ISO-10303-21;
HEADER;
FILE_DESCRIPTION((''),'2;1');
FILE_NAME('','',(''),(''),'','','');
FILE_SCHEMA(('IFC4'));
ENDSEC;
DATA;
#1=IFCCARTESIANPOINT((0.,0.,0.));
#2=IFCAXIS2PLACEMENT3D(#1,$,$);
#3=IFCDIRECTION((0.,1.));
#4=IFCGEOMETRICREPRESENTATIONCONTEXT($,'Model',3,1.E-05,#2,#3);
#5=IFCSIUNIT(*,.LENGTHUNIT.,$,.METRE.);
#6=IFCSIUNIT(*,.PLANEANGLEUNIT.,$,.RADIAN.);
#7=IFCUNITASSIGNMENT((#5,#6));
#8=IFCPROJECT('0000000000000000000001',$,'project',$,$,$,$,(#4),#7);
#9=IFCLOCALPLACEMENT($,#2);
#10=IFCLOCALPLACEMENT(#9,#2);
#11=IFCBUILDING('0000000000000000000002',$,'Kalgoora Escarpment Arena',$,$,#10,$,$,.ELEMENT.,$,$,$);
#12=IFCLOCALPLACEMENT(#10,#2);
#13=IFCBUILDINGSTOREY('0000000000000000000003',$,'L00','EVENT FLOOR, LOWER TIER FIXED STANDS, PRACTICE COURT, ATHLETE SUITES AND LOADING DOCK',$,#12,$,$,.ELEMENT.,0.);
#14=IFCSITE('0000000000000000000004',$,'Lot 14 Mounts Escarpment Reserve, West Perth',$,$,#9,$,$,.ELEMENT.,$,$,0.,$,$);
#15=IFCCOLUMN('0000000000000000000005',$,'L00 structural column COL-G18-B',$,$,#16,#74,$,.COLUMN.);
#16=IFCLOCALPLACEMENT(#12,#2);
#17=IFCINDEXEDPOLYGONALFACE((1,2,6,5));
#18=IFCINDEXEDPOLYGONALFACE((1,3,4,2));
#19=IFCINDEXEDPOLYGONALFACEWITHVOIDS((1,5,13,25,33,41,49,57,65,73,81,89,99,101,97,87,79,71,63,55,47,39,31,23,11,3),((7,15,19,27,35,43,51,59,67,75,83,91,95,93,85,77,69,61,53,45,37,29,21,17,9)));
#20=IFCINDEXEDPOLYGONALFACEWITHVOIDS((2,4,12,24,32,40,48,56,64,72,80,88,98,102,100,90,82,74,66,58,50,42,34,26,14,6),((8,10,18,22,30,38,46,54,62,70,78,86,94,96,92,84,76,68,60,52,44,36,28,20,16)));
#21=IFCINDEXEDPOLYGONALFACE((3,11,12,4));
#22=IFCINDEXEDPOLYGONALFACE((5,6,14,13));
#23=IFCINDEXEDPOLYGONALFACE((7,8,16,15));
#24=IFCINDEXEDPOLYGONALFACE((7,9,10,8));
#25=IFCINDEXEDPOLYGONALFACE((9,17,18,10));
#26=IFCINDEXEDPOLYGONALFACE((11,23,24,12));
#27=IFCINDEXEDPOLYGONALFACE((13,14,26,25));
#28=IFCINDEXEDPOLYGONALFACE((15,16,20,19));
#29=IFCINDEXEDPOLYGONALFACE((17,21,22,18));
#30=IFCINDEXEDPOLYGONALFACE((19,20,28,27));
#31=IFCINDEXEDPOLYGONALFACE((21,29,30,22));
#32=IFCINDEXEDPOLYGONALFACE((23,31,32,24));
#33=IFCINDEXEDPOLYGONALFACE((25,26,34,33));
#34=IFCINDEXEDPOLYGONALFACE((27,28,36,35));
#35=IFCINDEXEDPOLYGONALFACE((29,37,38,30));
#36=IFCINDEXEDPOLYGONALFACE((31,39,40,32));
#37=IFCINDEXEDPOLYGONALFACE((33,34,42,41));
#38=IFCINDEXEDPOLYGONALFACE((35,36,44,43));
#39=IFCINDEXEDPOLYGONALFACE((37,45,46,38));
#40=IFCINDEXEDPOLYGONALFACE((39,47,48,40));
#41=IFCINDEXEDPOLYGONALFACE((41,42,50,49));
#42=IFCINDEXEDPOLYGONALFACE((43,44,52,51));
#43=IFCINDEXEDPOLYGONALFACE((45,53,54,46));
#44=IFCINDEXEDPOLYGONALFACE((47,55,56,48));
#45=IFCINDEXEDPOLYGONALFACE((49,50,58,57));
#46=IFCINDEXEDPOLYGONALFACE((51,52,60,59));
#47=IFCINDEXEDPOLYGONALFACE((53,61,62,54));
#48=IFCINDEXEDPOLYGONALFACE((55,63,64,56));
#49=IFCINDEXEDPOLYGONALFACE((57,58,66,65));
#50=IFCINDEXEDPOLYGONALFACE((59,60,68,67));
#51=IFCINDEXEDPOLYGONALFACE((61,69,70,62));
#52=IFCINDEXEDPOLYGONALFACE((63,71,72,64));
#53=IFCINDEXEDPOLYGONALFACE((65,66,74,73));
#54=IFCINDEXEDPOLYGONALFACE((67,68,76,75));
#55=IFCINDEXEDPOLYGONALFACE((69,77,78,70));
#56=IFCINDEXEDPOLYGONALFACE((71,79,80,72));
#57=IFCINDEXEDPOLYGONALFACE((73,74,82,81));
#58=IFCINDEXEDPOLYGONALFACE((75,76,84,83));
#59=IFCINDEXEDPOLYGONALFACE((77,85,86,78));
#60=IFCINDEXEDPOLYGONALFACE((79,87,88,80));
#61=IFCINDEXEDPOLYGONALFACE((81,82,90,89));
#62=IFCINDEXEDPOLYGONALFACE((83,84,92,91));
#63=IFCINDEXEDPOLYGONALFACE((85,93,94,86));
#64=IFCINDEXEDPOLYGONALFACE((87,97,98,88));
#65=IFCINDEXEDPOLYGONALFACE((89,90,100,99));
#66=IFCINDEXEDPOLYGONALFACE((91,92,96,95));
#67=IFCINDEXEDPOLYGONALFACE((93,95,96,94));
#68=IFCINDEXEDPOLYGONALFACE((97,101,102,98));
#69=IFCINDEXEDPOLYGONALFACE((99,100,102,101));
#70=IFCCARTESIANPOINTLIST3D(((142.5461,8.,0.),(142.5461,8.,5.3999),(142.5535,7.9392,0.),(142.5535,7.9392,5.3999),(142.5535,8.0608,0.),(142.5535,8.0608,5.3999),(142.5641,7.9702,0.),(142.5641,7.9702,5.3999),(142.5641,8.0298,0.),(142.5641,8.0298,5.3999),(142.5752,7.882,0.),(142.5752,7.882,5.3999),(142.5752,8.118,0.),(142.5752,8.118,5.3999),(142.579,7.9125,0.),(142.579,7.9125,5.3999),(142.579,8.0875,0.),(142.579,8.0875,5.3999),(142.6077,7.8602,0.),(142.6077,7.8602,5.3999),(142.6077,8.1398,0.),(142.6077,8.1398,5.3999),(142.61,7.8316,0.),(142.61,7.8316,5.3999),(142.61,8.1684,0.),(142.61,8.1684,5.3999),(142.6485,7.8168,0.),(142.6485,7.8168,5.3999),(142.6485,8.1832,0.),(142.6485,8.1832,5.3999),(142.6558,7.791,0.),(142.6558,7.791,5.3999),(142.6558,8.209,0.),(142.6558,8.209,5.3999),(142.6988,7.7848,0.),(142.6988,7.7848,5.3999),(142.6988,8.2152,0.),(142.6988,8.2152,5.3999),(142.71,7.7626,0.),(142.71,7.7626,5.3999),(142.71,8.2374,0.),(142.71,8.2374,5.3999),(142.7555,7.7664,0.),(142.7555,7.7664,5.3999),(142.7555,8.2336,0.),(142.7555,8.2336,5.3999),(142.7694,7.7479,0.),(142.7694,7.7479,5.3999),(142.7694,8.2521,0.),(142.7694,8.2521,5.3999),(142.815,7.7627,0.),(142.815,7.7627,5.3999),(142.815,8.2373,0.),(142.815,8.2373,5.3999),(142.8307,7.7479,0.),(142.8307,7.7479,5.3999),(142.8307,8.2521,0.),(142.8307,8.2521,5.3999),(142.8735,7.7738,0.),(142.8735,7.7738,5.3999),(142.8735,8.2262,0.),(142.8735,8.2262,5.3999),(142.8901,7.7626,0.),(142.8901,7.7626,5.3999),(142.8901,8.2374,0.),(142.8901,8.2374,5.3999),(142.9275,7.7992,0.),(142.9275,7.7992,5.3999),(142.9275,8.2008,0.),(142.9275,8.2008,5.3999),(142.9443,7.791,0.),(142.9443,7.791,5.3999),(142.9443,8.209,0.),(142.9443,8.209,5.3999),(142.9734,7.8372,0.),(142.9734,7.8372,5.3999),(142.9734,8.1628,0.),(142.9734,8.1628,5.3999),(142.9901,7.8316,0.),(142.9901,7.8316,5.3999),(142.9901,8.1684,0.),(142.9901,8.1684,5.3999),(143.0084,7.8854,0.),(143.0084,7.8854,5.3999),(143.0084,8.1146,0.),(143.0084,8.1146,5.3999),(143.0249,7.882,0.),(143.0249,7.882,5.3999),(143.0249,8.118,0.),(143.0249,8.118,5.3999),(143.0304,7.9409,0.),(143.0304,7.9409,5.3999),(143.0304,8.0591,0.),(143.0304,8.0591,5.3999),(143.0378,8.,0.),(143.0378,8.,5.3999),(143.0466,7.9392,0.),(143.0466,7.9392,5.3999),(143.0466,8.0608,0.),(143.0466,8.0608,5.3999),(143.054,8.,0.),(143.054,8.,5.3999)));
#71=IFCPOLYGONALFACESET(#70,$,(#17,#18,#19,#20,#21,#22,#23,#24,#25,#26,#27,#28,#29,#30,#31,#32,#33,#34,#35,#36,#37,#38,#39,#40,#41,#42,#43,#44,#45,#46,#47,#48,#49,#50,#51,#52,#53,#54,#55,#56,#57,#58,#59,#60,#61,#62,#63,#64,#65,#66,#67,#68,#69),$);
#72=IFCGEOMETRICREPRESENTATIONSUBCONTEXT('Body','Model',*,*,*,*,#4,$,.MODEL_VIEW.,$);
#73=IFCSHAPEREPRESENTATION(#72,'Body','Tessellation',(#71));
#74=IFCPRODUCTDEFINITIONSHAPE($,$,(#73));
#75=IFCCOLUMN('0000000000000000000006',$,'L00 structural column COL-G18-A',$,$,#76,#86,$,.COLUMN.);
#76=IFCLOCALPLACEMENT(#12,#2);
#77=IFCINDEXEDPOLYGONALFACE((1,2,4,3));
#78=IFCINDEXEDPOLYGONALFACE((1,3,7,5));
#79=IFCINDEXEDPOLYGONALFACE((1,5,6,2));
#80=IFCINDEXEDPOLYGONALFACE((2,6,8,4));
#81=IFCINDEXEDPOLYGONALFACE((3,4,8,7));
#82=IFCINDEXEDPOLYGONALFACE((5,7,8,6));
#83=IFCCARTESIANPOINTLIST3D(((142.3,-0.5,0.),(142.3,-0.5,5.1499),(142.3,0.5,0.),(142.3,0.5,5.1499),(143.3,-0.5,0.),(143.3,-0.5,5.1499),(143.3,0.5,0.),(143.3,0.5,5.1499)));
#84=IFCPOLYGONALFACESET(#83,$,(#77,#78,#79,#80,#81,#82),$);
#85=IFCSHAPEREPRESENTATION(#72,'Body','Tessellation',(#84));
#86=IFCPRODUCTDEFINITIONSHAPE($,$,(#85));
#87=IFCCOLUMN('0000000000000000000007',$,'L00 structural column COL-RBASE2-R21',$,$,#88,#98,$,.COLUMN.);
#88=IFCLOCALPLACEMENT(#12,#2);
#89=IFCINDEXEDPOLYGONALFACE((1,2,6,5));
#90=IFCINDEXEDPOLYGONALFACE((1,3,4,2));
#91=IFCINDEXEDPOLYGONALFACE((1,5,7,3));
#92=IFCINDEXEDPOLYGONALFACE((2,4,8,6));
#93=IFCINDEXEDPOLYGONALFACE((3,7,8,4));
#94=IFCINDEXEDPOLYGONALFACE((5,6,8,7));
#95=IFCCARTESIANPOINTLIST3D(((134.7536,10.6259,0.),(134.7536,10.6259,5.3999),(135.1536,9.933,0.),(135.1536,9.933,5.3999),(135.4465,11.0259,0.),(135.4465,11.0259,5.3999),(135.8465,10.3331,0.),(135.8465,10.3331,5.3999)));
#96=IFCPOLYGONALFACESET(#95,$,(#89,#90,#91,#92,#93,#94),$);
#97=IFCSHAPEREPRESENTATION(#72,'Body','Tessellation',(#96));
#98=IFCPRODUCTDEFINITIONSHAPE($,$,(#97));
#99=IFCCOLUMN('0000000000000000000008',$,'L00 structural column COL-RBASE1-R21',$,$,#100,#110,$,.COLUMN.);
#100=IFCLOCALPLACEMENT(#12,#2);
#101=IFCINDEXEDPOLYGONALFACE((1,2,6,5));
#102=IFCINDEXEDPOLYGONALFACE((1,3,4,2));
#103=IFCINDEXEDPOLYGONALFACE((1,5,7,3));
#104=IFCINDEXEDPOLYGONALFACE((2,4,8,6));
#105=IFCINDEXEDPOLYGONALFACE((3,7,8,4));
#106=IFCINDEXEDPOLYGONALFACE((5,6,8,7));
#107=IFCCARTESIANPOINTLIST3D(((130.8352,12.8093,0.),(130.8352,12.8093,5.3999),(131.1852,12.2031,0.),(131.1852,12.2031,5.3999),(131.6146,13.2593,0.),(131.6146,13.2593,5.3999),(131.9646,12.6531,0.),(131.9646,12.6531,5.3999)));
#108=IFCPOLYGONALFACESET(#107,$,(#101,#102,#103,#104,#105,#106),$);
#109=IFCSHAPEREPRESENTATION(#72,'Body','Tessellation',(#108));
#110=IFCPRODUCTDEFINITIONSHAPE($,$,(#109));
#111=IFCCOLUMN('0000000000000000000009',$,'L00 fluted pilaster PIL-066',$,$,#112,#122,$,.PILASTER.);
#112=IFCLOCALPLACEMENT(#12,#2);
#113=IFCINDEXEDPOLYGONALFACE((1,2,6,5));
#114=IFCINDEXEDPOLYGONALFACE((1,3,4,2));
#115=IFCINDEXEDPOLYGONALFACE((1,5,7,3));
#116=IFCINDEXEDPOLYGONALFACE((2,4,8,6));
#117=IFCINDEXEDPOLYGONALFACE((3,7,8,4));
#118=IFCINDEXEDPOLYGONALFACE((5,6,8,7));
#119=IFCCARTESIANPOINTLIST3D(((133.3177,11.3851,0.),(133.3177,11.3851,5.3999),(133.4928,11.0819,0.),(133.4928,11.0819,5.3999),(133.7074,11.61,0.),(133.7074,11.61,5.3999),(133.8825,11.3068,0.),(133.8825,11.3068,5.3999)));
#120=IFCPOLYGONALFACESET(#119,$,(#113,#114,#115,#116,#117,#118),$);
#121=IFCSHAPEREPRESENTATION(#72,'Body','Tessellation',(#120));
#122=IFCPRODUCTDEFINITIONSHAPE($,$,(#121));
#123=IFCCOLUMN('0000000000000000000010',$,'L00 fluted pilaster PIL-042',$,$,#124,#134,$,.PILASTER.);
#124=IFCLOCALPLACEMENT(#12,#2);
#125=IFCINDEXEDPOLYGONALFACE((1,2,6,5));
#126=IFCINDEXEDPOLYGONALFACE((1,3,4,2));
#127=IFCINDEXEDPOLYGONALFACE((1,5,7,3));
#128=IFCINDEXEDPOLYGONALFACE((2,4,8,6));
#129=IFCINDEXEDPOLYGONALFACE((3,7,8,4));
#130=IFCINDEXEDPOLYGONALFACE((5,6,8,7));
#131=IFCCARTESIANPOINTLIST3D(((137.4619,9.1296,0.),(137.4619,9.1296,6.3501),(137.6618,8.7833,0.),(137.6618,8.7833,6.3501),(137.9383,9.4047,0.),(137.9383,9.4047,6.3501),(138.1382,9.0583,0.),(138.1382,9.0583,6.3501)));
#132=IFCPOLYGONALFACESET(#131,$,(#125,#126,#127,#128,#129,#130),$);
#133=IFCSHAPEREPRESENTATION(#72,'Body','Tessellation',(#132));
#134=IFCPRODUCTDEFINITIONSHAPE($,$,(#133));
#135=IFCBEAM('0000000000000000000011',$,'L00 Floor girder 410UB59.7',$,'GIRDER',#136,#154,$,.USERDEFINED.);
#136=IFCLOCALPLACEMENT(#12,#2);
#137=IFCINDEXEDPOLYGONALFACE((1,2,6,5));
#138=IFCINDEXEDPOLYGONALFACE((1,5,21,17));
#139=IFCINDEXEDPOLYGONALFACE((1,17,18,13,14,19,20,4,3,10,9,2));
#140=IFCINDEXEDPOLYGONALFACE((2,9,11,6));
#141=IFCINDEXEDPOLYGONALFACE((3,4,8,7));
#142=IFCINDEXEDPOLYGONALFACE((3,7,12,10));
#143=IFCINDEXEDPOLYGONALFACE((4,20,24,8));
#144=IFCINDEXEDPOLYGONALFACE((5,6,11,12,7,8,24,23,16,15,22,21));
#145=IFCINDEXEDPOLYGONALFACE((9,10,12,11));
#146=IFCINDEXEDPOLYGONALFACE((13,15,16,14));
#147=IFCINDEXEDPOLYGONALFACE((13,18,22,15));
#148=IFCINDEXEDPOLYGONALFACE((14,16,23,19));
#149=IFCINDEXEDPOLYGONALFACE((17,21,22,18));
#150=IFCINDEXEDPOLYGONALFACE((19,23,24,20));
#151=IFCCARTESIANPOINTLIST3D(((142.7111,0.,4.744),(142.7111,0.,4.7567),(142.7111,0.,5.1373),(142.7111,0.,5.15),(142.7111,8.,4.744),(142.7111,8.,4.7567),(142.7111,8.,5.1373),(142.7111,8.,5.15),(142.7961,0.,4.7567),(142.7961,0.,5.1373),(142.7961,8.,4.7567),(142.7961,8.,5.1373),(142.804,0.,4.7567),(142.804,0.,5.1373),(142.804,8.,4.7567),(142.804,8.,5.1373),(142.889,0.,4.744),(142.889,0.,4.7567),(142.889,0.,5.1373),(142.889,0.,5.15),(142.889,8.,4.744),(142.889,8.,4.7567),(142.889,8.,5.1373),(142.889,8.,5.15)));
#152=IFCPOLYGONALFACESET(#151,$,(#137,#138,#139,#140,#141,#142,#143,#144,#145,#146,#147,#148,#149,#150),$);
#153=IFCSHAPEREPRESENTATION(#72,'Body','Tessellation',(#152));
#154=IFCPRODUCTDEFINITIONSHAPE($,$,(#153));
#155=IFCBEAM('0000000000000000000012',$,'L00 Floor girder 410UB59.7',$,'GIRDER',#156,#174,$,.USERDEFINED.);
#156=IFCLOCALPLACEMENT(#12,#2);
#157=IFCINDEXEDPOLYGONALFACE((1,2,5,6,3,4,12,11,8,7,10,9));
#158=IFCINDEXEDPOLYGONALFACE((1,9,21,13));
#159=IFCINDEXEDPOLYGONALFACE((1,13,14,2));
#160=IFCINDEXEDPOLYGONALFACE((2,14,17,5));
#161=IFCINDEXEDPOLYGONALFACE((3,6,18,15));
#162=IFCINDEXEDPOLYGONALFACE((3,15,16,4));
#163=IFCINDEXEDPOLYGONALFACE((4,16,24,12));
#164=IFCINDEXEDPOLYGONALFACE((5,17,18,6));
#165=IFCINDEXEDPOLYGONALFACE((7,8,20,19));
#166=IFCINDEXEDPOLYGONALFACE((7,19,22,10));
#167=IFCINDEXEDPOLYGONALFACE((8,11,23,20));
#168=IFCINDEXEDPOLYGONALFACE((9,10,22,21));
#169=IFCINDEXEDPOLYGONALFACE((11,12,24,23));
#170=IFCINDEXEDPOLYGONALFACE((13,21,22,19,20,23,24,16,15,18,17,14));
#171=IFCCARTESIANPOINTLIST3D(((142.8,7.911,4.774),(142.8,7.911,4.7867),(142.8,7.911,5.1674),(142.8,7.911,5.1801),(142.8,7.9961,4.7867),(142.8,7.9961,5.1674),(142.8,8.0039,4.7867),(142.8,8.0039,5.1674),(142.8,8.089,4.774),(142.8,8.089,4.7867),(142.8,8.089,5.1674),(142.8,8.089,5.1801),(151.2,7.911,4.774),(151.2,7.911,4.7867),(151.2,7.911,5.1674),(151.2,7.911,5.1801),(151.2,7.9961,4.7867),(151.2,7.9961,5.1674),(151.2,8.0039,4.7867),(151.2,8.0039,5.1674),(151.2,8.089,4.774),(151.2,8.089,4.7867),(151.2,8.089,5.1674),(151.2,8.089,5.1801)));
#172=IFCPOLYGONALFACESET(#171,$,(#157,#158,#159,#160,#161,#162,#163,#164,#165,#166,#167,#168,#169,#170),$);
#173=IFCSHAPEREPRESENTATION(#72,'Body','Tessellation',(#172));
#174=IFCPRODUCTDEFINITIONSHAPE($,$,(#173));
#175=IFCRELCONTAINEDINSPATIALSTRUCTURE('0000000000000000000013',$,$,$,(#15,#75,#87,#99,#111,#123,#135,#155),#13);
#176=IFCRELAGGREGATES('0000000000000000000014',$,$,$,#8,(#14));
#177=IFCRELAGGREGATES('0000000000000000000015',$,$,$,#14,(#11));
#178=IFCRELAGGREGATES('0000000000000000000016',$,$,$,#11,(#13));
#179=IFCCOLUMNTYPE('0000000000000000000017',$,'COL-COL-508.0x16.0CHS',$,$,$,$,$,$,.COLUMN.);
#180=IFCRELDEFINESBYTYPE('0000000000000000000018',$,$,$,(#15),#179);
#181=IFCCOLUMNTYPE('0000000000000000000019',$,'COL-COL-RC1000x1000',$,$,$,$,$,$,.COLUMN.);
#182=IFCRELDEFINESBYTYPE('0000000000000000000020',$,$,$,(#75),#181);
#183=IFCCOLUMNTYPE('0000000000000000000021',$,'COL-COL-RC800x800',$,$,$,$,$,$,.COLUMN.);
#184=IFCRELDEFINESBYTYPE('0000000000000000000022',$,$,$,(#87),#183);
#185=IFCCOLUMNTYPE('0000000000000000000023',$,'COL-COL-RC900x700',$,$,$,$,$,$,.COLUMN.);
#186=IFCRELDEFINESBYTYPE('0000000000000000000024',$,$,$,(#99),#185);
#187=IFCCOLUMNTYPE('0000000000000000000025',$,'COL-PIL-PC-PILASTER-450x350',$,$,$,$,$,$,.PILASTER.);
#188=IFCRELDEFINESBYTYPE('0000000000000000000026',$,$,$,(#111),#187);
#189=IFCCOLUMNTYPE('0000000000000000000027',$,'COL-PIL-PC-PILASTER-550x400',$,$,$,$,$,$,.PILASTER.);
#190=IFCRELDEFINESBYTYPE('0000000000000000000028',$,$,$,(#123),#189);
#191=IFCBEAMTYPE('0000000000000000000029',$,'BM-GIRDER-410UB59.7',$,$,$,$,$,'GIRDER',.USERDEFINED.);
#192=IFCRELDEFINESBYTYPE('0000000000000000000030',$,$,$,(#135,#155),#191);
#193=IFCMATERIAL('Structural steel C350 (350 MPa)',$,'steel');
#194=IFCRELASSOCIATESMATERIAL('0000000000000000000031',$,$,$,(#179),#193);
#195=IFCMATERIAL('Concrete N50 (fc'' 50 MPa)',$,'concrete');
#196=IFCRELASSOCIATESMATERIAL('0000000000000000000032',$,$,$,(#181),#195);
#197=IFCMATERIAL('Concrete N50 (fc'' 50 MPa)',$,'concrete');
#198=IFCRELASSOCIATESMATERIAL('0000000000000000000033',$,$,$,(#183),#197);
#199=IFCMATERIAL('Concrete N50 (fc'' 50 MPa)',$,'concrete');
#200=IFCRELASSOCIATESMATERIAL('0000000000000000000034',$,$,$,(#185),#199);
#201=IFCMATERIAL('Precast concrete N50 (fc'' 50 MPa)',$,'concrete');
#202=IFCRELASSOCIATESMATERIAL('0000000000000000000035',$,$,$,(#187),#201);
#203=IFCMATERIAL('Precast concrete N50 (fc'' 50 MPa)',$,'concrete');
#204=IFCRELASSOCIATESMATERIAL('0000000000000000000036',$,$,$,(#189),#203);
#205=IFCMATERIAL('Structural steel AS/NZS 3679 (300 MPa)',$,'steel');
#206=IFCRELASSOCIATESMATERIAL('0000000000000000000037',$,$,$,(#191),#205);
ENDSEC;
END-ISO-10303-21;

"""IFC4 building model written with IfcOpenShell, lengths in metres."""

from ifc_helpers import new_model, si_unit, direction, frame, origin, origin_2d, place, context, subcontext, project, spatial, rectangle, hollow_circle, i_section, extrude, material, material_profile, profile_set, type_object, element, save


model = new_model("IFC4")

# Units and contexts
model_context = context("Model", 3, precision=1e-05, world=origin(), true_north=direction((0.0, 1.0)))
body_context = subcontext(model_context, "Body", "Model", "MODEL_VIEW")
ifc_project = project(units=[si_unit("LENGTHUNIT", "METRE"), si_unit("PLANEANGLEUNIT", "RADIAN")], contexts=[model_context])

# Site, building, storey
site_placement = place(None, origin())
site = spatial("IfcSite", under=ifc_project, at=site_placement, Name="Lot 14 Mounts Escarpment Reserve, West Perth", CompositionType="ELEMENT", RefElevation=0.0)
building_placement = place(site_placement, origin())
building = spatial("IfcBuilding", under=site, at=building_placement, Name="Kalgoora Escarpment Arena", CompositionType="ELEMENT")
storey_placement = place(building_placement, origin())
storey = spatial("IfcBuildingStorey", under=building, at=storey_placement, Name="L00", Description="EVENT FLOOR, LOWER TIER FIXED STANDS, PRACTICE COURT, ATHLETE SUITES AND LOADING DOCK", CompositionType="ELEMENT", Elevation=0.0)

# Columns
ifc_material_1 = material(Name="Structural steel C350 (350 MPa)", Category="steel")
ifc_material_profile_1 = material_profile(ifc_material_1, hollow_circle(Radius=0.2539, WallThickness=0.0161, at=origin_2d()))
ifc_profile_set_1 = profile_set([ifc_material_profile_1], Name="Structural steel C350 (350 MPa)")
column_type_1 = type_object("IfcColumnType", Name="COL-COL-508.0x16.0CHS", PredefinedType="COLUMN", material=ifc_profile_set_1)
column_1_placement = place(storey_placement, frame((142.8, 8.0, 0.0), z_axis=(0.0, 0.0, 1.0), x_axis=(1.0, 0.0, 0.0)))
element("IfcColumn", 1, at=column_1_placement, inside=storey, type_object=column_type_1, Name="L00 structural column COL-G18-B", PredefinedType="COLUMN", context=body_context, shape_type="SweptSolid", body=[
    extrude(hollow_circle(Radius=0.2539, WallThickness=0.0161, at=origin_2d()), origin(), (0.0, 0.0, 1.0), 5.3999),
])
ifc_material_2 = material(Name="Concrete N50 (fc' 50 MPa)", Category="concrete")
ifc_material_profile_2 = material_profile(ifc_material_2, rectangle(XDim=1.0, YDim=1.0, at=origin_2d()))
ifc_profile_set_2 = profile_set([ifc_material_profile_2], Name="Concrete N50 (fc' 50 MPa)")
column_type_2 = type_object("IfcColumnType", Name="COL-COL-RC1000x1000", PredefinedType="COLUMN", material=ifc_profile_set_2)
column_2_placement = place(storey_placement, frame((142.8, 0.0, 0.0), z_axis=(0.0, 0.0, 1.0), x_axis=(1.0, 0.0, 0.0)))
element("IfcColumn", 2, at=column_2_placement, inside=storey, type_object=column_type_2, Name="L00 structural column COL-G18-A", PredefinedType="COLUMN", context=body_context, shape_type="SweptSolid", body=[
    extrude(rectangle(XDim=1.0, YDim=1.0, at=origin_2d()), origin(), (0.0, 0.0, 1.0), 5.1499),
])
ifc_material_3 = material(Name="Concrete N50 (fc' 50 MPa)", Category="concrete")
ifc_material_profile_3 = material_profile(ifc_material_3, rectangle(XDim=0.8, YDim=0.8, at=origin_2d()))
ifc_profile_set_3 = profile_set([ifc_material_profile_3], Name="Concrete N50 (fc' 50 MPa)")
column_type_3 = type_object("IfcColumnType", Name="COL-COL-RC800x800", PredefinedType="COLUMN", material=ifc_profile_set_3)
column_3_placement = place(storey_placement, frame((135.3, 10.4795, 0.0), z_axis=(0.0, 0.0, 1.0), x_axis=(0.5, -0.866025, 0.0)))
element("IfcColumn", 3, at=column_3_placement, inside=storey, type_object=column_type_3, Name="L00 structural column COL-RBASE2-R21", PredefinedType="COLUMN", context=body_context, shape_type="SweptSolid", body=[
    extrude(rectangle(XDim=0.8, YDim=0.8, at=origin_2d()), origin(), (0.0, 0.0, 1.0), 5.3999),
])
ifc_material_4 = material(Name="Concrete N50 (fc' 50 MPa)", Category="concrete")
ifc_material_profile_4 = material_profile(ifc_material_4, rectangle(XDim=0.7, YDim=0.8999, at=origin_2d()))
ifc_profile_set_4 = profile_set([ifc_material_profile_4], Name="Concrete N50 (fc' 50 MPa)")
column_type_4 = type_object("IfcColumnType", Name="COL-COL-RC900x700", PredefinedType="COLUMN", material=ifc_profile_set_4)
column_4_placement = place(storey_placement, frame((131.3999, 12.7312, 0.0), z_axis=(0.0, 0.0, 1.0), x_axis=(0.5, -0.866025, 0.0)))
element("IfcColumn", 4, at=column_4_placement, inside=storey, type_object=column_type_4, Name="L00 structural column COL-RBASE1-R21", PredefinedType="COLUMN", context=body_context, shape_type="SweptSolid", body=[
    extrude(rectangle(XDim=0.7, YDim=0.8999, at=origin_2d()), origin(), (0.0, 0.0, 1.0), 5.3999),
])
ifc_material_5 = material(Name="Precast concrete N50 (fc' 50 MPa)", Category="concrete")
ifc_material_profile_5 = material_profile(ifc_material_5, rectangle(XDim=0.3501, YDim=0.45, at=origin_2d()))
ifc_profile_set_5 = profile_set([ifc_material_profile_5], Name="Precast concrete N50 (fc' 50 MPa)")
column_type_5 = type_object("IfcColumnType", Name="COL-PIL-PC-PILASTER-450x350", PredefinedType="PILASTER", material=ifc_profile_set_5)
column_5_placement = place(storey_placement, frame((133.6001, 11.3459, 0.0), z_axis=(0.0, 0.0, 1.0), x_axis=(0.5, -0.866025, 0.0)))
element("IfcColumn", 5, at=column_5_placement, inside=storey, type_object=column_type_5, Name="L00 fluted pilaster PIL-066", PredefinedType="PILASTER", context=body_context, shape_type="SweptSolid", body=[
    extrude(rectangle(XDim=0.3501, YDim=0.45, at=origin_2d()), origin(), (0.0, 0.0, 1.0), 5.3999),
])
ifc_material_6 = material(Name="Precast concrete N50 (fc' 50 MPa)", Category="concrete")
ifc_material_profile_6 = material_profile(ifc_material_6, rectangle(XDim=0.3999, YDim=0.55, at=origin_2d()))
ifc_profile_set_6 = profile_set([ifc_material_profile_6], Name="Precast concrete N50 (fc' 50 MPa)")
column_type_6 = type_object("IfcColumnType", Name="COL-PIL-PC-PILASTER-550x400", PredefinedType="PILASTER", material=ifc_profile_set_6)
column_6_placement = place(storey_placement, frame((137.8, 9.094, 0.0), z_axis=(0.0, 0.0, 1.0), x_axis=(0.5, -0.866025, 0.0)))
element("IfcColumn", 6, at=column_6_placement, inside=storey, type_object=column_type_6, Name="L00 fluted pilaster PIL-042", PredefinedType="PILASTER", context=body_context, shape_type="SweptSolid", body=[
    extrude(rectangle(XDim=0.3999, YDim=0.55, at=origin_2d()), origin(), (0.0, 0.0, 1.0), 6.3501),
])

# Beams
ifc_material_7 = material(Name="Structural steel AS/NZS 3679 (300 MPa)", Category="steel")
ifc_material_profile_7 = material_profile(ifc_material_7, i_section(OverallWidth=0.178, OverallDepth=0.406, WebThickness=0.0078, FlangeThickness=0.0127, at=origin_2d()))
ifc_profile_set_7 = profile_set([ifc_material_profile_7], Name="Structural steel AS/NZS 3679 (300 MPa)")
beam_type_1 = type_object("IfcBeamType", Name="BM-GIRDER-410UB59.7", ElementType="GIRDER", PredefinedType="USERDEFINED", material=ifc_profile_set_7)
beam_1_placement = place(storey_placement, frame((142.8, 0.0, 4.947), z_axis=(0.0, 1.0, 0.0), x_axis=(-1.0, 0.0, 0.0)))
element("IfcBeam", 7, at=beam_1_placement, inside=storey, type_object=beam_type_1, Name="L00 Floor girder 410UB59.7", ObjectType="GIRDER", PredefinedType="USERDEFINED", context=body_context, shape_type="SweptSolid", body=[
    extrude(i_section(OverallWidth=0.178, OverallDepth=0.406, WebThickness=0.0078, FlangeThickness=0.0127, at=origin_2d()), origin(), (0.0, 0.0, 1.0), 8.0),
])
beam_2_placement = place(storey_placement, frame((142.8, 8.0, 4.9771), z_axis=(1.0, 0.0, 0.0), x_axis=(0.0, 1.0, 0.0)))
element("IfcBeam", 8, at=beam_2_placement, inside=storey, type_object=beam_type_1, Name="L00 Floor girder 410UB59.7", ObjectType="GIRDER", PredefinedType="USERDEFINED", context=body_context, shape_type="SweptSolid", body=[
    extrude(i_section(OverallWidth=0.178, OverallDepth=0.406, WebThickness=0.0078, FlangeThickness=0.0127, at=origin_2d()), origin(), (0.0, 0.0, 1.0), 8.3999),
])

save(model, "model.ifc")
